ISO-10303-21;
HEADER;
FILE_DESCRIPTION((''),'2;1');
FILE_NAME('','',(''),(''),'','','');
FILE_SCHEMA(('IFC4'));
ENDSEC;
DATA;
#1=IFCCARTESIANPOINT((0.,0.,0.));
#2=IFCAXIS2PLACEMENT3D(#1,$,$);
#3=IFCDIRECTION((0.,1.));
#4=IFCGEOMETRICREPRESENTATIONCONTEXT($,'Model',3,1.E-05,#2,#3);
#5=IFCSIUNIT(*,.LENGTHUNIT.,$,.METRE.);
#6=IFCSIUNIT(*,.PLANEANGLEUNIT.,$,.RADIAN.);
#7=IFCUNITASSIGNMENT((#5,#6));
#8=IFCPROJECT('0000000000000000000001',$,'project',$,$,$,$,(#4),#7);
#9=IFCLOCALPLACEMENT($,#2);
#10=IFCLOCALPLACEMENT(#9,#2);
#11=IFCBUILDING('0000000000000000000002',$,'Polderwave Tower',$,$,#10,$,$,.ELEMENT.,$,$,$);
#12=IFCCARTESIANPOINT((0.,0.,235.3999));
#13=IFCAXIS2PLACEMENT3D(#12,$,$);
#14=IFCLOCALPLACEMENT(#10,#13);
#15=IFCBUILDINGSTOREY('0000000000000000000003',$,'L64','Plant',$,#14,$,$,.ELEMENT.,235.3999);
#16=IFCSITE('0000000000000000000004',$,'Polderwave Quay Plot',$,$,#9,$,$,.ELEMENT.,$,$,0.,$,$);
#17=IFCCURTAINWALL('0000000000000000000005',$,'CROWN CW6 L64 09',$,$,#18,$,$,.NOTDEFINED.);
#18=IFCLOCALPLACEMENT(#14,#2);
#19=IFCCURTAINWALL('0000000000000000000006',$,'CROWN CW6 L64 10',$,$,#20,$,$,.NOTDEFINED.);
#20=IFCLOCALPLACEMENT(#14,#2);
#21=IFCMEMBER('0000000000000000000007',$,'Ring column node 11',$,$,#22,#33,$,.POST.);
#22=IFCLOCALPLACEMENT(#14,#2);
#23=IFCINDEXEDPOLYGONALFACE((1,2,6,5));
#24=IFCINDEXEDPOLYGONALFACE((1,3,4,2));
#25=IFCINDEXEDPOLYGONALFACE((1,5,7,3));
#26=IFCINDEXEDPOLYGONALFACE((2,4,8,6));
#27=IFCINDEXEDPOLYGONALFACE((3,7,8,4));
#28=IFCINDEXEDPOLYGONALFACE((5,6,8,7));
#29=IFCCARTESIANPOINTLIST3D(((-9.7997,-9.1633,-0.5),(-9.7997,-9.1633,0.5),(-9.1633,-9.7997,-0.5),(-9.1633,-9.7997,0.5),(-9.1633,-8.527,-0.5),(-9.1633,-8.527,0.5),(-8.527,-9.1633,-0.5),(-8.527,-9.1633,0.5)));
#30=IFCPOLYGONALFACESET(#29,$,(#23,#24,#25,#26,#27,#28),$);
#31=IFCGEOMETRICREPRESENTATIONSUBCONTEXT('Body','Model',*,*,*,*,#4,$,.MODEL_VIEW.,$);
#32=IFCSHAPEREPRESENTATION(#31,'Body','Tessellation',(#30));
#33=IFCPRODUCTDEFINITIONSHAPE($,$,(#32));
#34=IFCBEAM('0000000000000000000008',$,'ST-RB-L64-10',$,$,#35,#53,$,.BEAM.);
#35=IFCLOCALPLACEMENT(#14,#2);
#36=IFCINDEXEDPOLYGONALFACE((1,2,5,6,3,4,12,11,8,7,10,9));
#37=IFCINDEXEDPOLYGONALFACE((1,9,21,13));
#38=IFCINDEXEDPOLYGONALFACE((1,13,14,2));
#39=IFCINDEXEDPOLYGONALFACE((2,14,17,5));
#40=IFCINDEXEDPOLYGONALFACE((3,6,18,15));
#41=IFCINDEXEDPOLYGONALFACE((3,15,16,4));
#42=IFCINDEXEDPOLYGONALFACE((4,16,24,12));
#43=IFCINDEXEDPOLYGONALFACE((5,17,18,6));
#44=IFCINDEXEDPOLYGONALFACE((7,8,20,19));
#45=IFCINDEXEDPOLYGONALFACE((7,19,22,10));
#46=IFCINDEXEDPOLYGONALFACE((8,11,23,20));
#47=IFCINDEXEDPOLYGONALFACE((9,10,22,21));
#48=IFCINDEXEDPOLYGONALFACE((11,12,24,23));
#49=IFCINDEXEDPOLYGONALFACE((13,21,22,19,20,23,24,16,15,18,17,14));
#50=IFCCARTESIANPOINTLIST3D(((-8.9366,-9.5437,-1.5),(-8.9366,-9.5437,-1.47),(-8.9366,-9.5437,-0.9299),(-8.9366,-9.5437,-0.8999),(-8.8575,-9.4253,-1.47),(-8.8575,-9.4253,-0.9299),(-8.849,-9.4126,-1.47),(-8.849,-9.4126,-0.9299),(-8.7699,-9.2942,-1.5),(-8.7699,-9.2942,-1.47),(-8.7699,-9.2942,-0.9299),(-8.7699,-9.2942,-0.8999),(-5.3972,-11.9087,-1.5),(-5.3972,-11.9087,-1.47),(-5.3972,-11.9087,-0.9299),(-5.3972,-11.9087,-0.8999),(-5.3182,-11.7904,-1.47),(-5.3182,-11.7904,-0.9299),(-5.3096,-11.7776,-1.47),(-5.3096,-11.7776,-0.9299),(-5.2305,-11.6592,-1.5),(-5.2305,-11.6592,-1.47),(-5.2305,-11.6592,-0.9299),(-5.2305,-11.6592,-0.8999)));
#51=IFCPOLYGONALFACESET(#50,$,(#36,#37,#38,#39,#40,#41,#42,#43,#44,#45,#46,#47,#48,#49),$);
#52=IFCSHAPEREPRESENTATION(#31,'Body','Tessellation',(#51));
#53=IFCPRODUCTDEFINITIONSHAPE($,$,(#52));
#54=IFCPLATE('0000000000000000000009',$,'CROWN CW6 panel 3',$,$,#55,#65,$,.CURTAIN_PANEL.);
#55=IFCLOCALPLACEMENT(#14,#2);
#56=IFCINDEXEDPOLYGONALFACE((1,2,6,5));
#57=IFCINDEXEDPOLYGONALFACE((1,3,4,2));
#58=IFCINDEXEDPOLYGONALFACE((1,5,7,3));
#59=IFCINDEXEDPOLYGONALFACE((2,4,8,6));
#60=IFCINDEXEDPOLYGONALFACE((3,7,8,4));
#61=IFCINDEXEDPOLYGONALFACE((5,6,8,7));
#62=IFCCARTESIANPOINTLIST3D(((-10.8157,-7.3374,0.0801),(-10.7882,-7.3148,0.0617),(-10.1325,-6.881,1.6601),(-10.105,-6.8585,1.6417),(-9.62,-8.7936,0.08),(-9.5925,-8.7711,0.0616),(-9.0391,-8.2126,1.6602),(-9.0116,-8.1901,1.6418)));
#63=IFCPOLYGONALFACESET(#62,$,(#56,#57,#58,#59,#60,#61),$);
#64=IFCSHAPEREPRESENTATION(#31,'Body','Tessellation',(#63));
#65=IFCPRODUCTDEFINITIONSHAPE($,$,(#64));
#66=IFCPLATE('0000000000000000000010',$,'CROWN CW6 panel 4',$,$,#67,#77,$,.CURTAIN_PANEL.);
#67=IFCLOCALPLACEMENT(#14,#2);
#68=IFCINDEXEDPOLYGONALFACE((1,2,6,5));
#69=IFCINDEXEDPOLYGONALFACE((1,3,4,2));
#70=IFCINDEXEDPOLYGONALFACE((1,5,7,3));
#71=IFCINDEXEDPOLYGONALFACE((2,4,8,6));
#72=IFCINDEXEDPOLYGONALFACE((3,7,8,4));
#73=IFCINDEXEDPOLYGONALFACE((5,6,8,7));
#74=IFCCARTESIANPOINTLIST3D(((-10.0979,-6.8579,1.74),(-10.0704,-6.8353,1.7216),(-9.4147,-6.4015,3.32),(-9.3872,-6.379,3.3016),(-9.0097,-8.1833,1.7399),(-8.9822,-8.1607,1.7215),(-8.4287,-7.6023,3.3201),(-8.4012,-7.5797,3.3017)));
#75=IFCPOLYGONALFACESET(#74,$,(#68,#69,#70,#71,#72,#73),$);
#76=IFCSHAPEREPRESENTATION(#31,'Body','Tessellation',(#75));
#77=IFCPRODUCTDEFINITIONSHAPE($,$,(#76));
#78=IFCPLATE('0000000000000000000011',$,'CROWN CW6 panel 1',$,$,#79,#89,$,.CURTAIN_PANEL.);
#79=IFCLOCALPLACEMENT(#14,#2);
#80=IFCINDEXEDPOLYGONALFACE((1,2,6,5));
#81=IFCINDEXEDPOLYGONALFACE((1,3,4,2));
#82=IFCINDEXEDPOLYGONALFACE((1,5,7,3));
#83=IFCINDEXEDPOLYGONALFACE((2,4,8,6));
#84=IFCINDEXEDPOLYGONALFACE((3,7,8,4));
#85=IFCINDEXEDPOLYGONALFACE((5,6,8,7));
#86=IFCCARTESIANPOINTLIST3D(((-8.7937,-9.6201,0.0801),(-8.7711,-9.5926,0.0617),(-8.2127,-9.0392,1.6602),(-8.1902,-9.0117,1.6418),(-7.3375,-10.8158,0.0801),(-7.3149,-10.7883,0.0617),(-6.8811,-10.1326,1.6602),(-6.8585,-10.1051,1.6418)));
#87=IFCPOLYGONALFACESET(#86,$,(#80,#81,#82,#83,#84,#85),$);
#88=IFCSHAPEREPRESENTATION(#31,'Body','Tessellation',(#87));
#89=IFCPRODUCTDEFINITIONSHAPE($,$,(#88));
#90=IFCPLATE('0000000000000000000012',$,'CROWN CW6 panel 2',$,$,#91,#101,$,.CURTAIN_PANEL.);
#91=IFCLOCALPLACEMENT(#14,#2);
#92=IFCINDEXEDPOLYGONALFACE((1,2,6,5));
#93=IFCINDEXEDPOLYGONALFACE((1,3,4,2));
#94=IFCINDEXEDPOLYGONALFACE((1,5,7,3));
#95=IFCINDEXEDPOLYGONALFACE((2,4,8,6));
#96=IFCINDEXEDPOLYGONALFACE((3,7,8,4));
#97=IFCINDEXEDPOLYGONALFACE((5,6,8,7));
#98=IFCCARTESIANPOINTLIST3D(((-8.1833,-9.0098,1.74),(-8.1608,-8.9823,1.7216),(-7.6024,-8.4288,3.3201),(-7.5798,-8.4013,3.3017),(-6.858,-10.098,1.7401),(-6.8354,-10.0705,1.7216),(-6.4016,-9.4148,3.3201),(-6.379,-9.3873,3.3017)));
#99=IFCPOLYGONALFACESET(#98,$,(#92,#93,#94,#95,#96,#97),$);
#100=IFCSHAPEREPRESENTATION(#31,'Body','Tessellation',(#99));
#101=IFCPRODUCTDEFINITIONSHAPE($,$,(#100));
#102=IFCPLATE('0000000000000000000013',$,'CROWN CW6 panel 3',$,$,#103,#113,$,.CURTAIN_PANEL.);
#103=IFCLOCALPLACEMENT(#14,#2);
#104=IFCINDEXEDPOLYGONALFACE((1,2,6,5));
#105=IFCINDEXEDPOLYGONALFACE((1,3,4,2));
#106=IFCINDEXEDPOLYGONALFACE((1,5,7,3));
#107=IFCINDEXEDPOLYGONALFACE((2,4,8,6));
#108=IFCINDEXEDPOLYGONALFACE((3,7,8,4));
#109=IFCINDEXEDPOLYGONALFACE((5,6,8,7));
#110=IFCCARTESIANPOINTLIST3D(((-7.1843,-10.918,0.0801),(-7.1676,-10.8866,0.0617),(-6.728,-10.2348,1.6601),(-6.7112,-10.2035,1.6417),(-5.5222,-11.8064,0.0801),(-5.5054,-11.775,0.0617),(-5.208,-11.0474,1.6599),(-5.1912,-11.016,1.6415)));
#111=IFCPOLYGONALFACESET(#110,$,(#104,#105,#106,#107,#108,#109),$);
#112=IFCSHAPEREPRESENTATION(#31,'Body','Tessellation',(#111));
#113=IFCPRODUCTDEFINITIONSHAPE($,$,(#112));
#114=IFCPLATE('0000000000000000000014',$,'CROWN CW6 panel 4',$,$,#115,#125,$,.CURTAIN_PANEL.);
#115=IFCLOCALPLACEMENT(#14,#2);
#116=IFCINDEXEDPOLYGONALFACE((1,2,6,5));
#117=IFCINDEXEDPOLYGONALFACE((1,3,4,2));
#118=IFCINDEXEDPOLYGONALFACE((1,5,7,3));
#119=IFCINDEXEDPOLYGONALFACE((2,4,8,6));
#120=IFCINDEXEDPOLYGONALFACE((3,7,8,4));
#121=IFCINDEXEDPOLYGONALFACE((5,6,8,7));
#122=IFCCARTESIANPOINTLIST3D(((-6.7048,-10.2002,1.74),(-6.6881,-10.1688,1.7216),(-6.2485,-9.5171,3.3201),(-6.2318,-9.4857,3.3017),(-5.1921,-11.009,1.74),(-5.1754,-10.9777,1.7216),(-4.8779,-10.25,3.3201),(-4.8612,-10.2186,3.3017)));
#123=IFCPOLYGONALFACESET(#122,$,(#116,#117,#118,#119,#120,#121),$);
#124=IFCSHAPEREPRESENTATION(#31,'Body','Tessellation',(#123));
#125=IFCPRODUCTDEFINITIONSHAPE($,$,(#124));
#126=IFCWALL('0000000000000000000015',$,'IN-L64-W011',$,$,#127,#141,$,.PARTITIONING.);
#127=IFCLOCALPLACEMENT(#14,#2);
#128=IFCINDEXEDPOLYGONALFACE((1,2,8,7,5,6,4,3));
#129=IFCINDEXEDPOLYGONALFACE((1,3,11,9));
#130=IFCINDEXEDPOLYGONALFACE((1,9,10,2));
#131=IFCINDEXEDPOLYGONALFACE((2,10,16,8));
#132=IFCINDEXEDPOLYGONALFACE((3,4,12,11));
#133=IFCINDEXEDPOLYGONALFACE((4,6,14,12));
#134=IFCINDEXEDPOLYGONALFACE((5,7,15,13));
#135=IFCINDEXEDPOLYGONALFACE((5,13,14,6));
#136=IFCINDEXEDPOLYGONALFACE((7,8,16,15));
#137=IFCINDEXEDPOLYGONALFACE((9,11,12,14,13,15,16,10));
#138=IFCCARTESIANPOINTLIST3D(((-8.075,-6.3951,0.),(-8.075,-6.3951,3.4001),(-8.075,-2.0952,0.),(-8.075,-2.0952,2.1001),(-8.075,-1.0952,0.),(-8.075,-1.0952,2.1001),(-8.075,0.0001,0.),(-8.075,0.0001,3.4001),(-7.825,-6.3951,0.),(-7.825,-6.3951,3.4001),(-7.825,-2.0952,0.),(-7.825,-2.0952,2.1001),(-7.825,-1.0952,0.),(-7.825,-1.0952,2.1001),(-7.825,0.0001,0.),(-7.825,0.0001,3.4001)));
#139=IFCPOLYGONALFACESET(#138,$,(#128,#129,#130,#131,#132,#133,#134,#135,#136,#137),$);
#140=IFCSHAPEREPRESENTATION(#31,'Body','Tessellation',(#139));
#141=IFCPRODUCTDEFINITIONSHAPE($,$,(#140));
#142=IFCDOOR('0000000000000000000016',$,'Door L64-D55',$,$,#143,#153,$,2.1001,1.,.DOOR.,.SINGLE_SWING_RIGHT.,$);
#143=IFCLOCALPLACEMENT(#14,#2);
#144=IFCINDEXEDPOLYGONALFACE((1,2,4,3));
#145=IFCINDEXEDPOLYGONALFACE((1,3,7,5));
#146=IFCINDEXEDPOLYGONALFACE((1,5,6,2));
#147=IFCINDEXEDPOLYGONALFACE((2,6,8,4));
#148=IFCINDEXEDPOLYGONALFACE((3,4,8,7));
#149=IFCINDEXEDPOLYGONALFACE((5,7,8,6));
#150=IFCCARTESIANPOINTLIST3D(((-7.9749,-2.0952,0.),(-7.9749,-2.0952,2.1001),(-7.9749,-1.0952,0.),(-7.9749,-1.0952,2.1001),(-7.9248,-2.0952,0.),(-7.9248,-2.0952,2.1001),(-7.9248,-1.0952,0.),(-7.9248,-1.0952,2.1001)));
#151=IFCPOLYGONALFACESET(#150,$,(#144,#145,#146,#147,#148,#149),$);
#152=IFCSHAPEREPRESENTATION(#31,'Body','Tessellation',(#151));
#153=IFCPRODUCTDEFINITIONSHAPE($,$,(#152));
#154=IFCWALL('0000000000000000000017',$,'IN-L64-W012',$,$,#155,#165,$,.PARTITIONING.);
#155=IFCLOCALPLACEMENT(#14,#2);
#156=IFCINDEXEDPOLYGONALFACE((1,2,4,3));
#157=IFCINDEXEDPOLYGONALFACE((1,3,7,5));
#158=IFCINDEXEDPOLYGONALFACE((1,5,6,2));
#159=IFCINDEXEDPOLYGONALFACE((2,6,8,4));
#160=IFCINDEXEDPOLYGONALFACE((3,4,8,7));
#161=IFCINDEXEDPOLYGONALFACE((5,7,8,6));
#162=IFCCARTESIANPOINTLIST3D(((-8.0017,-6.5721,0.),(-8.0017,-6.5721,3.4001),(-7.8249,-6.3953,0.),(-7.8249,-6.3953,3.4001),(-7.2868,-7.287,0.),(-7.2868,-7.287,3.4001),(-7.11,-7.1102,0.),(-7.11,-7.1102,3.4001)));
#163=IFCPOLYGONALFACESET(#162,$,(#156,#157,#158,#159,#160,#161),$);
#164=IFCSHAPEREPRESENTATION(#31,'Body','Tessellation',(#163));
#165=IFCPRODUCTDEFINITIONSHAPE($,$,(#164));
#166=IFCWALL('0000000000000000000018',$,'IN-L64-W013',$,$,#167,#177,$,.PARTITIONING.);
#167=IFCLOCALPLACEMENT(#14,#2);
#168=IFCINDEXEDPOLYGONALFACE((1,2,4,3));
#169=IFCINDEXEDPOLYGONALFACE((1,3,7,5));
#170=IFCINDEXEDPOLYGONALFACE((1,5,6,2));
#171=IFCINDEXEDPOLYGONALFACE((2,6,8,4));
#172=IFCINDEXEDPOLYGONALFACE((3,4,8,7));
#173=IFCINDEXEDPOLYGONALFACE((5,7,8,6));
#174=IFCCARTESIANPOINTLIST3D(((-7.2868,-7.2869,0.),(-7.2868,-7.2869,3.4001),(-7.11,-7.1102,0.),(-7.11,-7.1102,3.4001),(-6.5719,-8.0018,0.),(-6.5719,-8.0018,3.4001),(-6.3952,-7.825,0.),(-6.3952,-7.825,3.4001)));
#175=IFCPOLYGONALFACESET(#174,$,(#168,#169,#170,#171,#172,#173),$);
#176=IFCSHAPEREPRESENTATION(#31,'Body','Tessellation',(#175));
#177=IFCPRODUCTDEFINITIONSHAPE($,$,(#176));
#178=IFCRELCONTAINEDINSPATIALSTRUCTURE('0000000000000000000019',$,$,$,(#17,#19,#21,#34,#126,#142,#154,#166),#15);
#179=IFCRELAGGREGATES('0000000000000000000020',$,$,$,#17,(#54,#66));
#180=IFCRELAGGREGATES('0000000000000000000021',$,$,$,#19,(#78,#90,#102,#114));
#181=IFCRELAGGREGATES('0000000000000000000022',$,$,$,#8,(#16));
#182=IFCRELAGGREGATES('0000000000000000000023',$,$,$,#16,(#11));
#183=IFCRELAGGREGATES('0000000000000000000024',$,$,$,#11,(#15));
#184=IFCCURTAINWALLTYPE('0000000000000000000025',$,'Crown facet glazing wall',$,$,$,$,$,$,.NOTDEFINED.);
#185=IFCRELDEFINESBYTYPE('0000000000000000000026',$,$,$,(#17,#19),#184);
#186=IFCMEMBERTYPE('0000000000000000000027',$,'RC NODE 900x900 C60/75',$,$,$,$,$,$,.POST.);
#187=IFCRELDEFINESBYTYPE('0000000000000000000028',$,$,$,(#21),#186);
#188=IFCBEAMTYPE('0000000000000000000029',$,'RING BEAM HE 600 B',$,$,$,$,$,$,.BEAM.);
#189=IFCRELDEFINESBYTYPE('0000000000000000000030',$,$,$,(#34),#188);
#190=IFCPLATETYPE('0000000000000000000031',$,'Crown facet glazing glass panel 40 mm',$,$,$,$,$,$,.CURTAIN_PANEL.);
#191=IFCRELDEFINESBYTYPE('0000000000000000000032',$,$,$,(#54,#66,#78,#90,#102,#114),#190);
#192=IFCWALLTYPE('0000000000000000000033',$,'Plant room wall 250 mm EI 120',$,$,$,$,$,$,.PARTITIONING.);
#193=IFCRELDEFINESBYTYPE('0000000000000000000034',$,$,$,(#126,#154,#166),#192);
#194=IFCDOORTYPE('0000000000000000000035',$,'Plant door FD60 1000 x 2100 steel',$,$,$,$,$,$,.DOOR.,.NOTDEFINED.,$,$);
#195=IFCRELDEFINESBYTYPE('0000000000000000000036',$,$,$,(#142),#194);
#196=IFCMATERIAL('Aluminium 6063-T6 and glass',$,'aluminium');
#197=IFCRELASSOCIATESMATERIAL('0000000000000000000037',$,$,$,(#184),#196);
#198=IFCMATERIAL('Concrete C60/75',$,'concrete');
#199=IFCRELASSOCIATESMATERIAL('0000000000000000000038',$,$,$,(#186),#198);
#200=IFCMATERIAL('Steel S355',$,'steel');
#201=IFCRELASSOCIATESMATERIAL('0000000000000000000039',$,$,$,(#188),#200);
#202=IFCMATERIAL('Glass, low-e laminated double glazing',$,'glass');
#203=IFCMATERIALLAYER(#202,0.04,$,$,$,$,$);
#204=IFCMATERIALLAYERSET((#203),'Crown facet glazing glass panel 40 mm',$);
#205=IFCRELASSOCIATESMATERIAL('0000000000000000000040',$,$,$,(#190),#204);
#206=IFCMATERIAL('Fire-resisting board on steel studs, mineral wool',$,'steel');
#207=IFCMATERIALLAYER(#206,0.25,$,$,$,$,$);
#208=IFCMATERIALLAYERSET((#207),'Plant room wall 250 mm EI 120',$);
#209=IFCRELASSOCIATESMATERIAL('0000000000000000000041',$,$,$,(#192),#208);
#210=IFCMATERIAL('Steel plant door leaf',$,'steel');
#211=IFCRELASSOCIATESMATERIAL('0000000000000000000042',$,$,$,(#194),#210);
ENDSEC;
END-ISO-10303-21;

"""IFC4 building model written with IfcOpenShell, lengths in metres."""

from ifc_helpers import new_model, si_unit, direction, frame, frame_2d, origin, origin_2d, place, context, subcontext, project, spatial, polyline, rectangle, i_section, outline, extrude, material, layer, layer_set, material_profile, profile_set, type_object, element, fill, aggregate, save


model = new_model("IFC4")

# Units and contexts
model_context = context("Model", 3, precision=1e-05, world=origin(), true_north=direction((0.0, 1.0)))
body_context = subcontext(model_context, "Body", "Model", "MODEL_VIEW")
ifc_project = project(units=[si_unit("LENGTHUNIT", "METRE"), si_unit("PLANEANGLEUNIT", "RADIAN")], contexts=[model_context])

# Site, building, storey
site_placement = place(None, origin())
site = spatial("IfcSite", under=ifc_project, at=site_placement, Name="Polderwave Quay Plot", CompositionType="ELEMENT", RefElevation=0.0)
building_placement = place(site_placement, origin())
building = spatial("IfcBuilding", under=site, at=building_placement, Name="Polderwave Tower", CompositionType="ELEMENT")
storey_placement = place(building_placement, frame((0.0, 0.0, 235.3999)))
storey = spatial("IfcBuildingStorey", under=building, at=storey_placement, Name="L64", Description="Plant", CompositionType="ELEMENT", Elevation=235.3999)

# Shared definitions
ifc_material_1 = material(Name="Concrete C60/75", Category="concrete")

# Curtain walls
ifc_material_2 = material(Name="Aluminium 6063-T6 and glass", Category="aluminium")
curtain_wall_type = type_object("IfcCurtainWallType", Name="Crown facet glazing wall", PredefinedType="NOTDEFINED", material=ifc_material_2)
curtain_wall_1_placement = place(storey_placement, origin())
curtain_wall_1 = element("IfcCurtainWall", 1, at=curtain_wall_1_placement, inside=storey, type_object=curtain_wall_type, Name="CROWN CW6 L64 09", PredefinedType="NOTDEFINED")
curtain_wall_2_placement = place(storey_placement, origin())
curtain_wall_2 = element("IfcCurtainWall", 2, at=curtain_wall_2_placement, inside=storey, type_object=curtain_wall_type, Name="CROWN CW6 L64 10", PredefinedType="NOTDEFINED")

# Member
ifc_material_profile_1 = material_profile(ifc_material_1, rectangle(XDim=0.8999, YDim=0.8999, at=origin_2d()), Name="RC 900x900")
ifc_profile_set_1 = profile_set([ifc_material_profile_1], Name="Concrete C60/75")
member_type_1 = type_object("IfcMemberType", Name="RC NODE 900x900 C60/75", PredefinedType="POST", material=ifc_profile_set_1)
member_1_placement = place(storey_placement, frame((-9.1633, -9.1633, -0.5), z_axis=(0.0, 0.0, 1.0), x_axis=(-0.707107, -0.707107, 0.0)))
element("IfcMember", 3, at=member_1_placement, inside=storey, type_object=member_type_1, Name="Ring column node 11", PredefinedType="POST", context=body_context, shape_type="SweptSolid", body=[
    extrude(rectangle(XDim=0.8999, YDim=0.8999, at=origin_2d()), origin(), (0.0, 0.0, 1.0), 1.0),
])

# Beam
ifc_material_3 = material(Name="Steel S355", Category="steel")
ifc_material_profile_2 = material_profile(ifc_material_3, i_section(OverallWidth=0.3, OverallDepth=0.6001, WebThickness=0.0154, FlangeThickness=0.03, at=origin_2d()), Name="HE 600 B")
ifc_profile_set_2 = profile_set([ifc_material_profile_2], Name="Steel S355")
beam_type = type_object("IfcBeamType", Name="RING BEAM HE 600 B", PredefinedType="BEAM", material=ifc_profile_set_2)
beam_placement = place(storey_placement, frame((-8.8533, -9.4189, -1.2), z_axis=(0.831459, -0.555587, 0.0), x_axis=(0.555587, 0.831459, 0.0)))
element("IfcBeam", 4, at=beam_placement, inside=storey, type_object=beam_type, Name="ST-RB-L64-10", PredefinedType="BEAM", context=body_context, shape_type="SweptSolid", body=[
    extrude(i_section(OverallWidth=0.3, OverallDepth=0.6001, WebThickness=0.0154, FlangeThickness=0.03, at=origin_2d()), origin(), (0.0, 0.0, 1.0), 4.2568),
])

# Plates
ifc_material_4 = material(Name="Glass, low-e laminated double glazing", Category="glass")
ifc_layer_1 = layer(ifc_material_4, 0.04)
ifc_layer_set_1 = layer_set([ifc_layer_1], Name="Crown facet glazing glass panel 40 mm")
plate_type = type_object("IfcPlateType", Name="Crown facet glazing glass panel 40 mm", PredefinedType="CURTAIN_PANEL", material=ifc_layer_set_1)
plate_1_placement = place(storey_placement, frame((-10.8157, -7.3374, 0.0801), z_axis=(-0.686399, -0.563593, 0.459586), x_axis=(0.634569, -0.772866, -0.000032)))
plate_1 = element("IfcPlate", 5, at=plate_1_placement, type_object=plate_type, Name="CROWN CW6 panel 3", PredefinedType="CURTAIN_PANEL", context=body_context, shape_type="SweptSolid", body=[
    extrude(outline(polyline([(0.0, 0.0), (1.8842, 0.0), (1.8038, 1.7792), (0.0808, 1.779), (0.0, 0.0)])), origin(), (0.0, 0.0, -1.0), 0.04),
])
plate_2_placement = place(storey_placement, frame((-10.0979, -6.8579, 1.74), z_axis=(-0.686392, -0.563602, 0.459586), x_axis=(0.634577, -0.77286, -0.000036)))
plate_2 = element("IfcPlate", 6, at=plate_2_placement, type_object=plate_type, Name="CROWN CW6 panel 4", PredefinedType="CURTAIN_PANEL", context=body_context, shape_type="SweptSolid", body=[
    extrude(outline(polyline([(0.0, 0.0), (1.7149, 0.0), (1.6345, 1.7792), (0.0808, 1.779), (0.0, 0.0)])), origin(), (0.0, 0.0, -1.0), 0.04),
])
aggregate(curtain_wall_1, [plate_1, plate_2])
plate_3_placement = place(storey_placement, frame((-8.7937, -9.6201, 0.0801), z_axis=(-0.563593, -0.686399, 0.459586), x_axis=(0.772866, -0.634569, 0.000032)))
plate_3 = element("IfcPlate", 7, at=plate_3_placement, type_object=plate_type, Name="CROWN CW6 panel 1", PredefinedType="CURTAIN_PANEL", context=body_context, shape_type="SweptSolid", body=[
    extrude(outline(polyline([(0.0, 0.0), (1.8842, 0.0), (1.8034, 1.779), (0.0804, 1.7792), (0.0, 0.0)])), origin(), (0.0, 0.0, -1.0), 0.04),
])
plate_4_placement = place(storey_placement, frame((-8.1833, -9.0098, 1.74), z_axis=(-0.563602, -0.686392, 0.459586), x_axis=(0.77286, -0.634577, 0.000036)))
plate_4 = element("IfcPlate", 8, at=plate_4_placement, type_object=plate_type, Name="CROWN CW6 panel 2", PredefinedType="CURTAIN_PANEL", context=body_context, shape_type="SweptSolid", body=[
    extrude(outline(polyline([(0.0, 0.0), (1.7149, 0.0), (1.6341, 1.779), (0.0804, 1.7792), (0.0, 0.0)])), origin(), (0.0, 0.0, -1.0), 0.04),
])
plate_5_placement = place(storey_placement, frame((-7.1843, -10.918, 0.0801), z_axis=(-0.41865, -0.783284, 0.459563), x_axis=(0.88193, -0.471381, -0.000012)))
plate_5 = element("IfcPlate", 9, at=plate_5_placement, type_object=plate_type, Name="CROWN CW6 panel 3", PredefinedType="CURTAIN_PANEL", context=body_context, shape_type="SweptSolid", body=[
    extrude(outline(polyline([(0.0, 0.0), (1.8847, 0.0), (1.8039, 1.7788), (0.0804, 1.7791), (0.0, 0.0)])), origin(), (0.0, 0.0, -1.0), 0.04),
])
plate_6_placement = place(storey_placement, frame((-6.7048, -10.2002, 1.74), z_axis=(-0.418801, -0.78322, 0.459535), x_axis=(0.881847, -0.471535, 0.000005)))
plate_6 = element("IfcPlate", 10, at=plate_6_placement, type_object=plate_type, Name="CROWN CW6 panel 4", PredefinedType="CURTAIN_PANEL", context=body_context, shape_type="SweptSolid", body=[
    extrude(outline(polyline([(0.0, 0.0), (1.7154, 0.0), (1.6345, 1.779), (0.0803, 1.7791), (0.0, 0.0)])), origin(), (0.0, 0.0, -1.0), 0.04),
])
aggregate(curtain_wall_2, [plate_3, plate_4, plate_5, plate_6])

# Wall, opening, door
ifc_material_5 = material(Name="Fire-resisting board on steel studs, mineral wool", Category="steel")
ifc_layer_2 = layer(ifc_material_5, 0.25)
ifc_layer_set_2 = layer_set([ifc_layer_2], Name="Plant room wall 250 mm EI 120")
wall_type = type_object("IfcWallType", Name="Plant room wall 250 mm EI 120", PredefinedType="PARTITIONING", material=ifc_layer_set_2)
wall_1_placement = place(storey_placement, frame((-7.95, -6.3953, 0.0), z_axis=(0.0, 0.0, 1.0), x_axis=(0.0, 1.0, 0.0)))
wall_1 = element("IfcWall", 11, at=wall_1_placement, inside=storey, type_object=wall_type, Name="IN-L64-W011", PredefinedType="PARTITIONING", context=body_context, shape_type="SweptSolid", body=[
    extrude(rectangle(XDim=6.3953, YDim=0.25, at=frame_2d((3.1978, 0.0))), origin(), (0.0, 0.0, 1.0), 3.4001),
])
opening_placement = place(wall_1_placement, frame((4.3, 0.0, 0.0)))
opening = element("IfcOpeningElement", 12, at=opening_placement, cuts=wall_1, PredefinedType="OPENING", context=body_context, shape_type="SweptSolid", body=[
    extrude(rectangle(XDim=1.0, YDim=2.1001, at=frame_2d((0.5, 1.05))), frame((0.0, 0.135, 0.0), z_axis=(0.0, -1.0, 0.0), x_axis=(1.0, 0.0, 0.0)), (0.0, 0.0, 1.0), 0.27),
])
ifc_material_6 = material(Name="Steel plant door leaf", Category="steel")
door_type = type_object("IfcDoorType", Name="Plant door FD60 1000 x 2100 steel", OperationType="NOTDEFINED", PredefinedType="DOOR", material=ifc_material_6)
door_placement = place(opening_placement, origin())
door = element("IfcDoor", 13, at=door_placement, inside=storey, type_object=door_type, Name="Door L64-D55", OperationType="SINGLE_SWING_RIGHT", OverallHeight=2.1001, OverallWidth=1.0, PredefinedType="DOOR", context=body_context, shape_type="SweptSolid", body=[
    extrude(rectangle(XDim=1.0, YDim=2.1001, at=frame_2d((0.5, 1.05))), frame((0.0, 0.0249, 0.0), z_axis=(0.0, -1.0, 0.0), x_axis=(1.0, 0.0, 0.0)), (0.0, 0.0, 1.0), 0.05),
])
fill(opening, door)

# Walls
for number, where, z_axis, x_axis, name in (
    (14, (-7.1985, -7.1985, 0.0), (0.0, 0.0, 1.0), (-0.707107, 0.707107, 0.0), "IN-L64-W012"),
    (15, (-6.4836, -7.9133, 0.0), (0.0, 0.0, 1.0), (-0.707107, 0.707107, 0.0), "IN-L64-W013"),
):
    element("IfcWall", number, at=place(storey_placement, frame(where, z_axis=z_axis, x_axis=x_axis)), inside=storey, type_object=wall_type, Name=name, PredefinedType="PARTITIONING", context=body_context, shape_type="SweptSolid", body=[
        extrude(rectangle(XDim=1.011, YDim=0.25, at=frame_2d((0.5054, 0.0))), origin(), (0.0, 0.0, 1.0), 3.4001),
    ])

save(model, "model.ifc")
